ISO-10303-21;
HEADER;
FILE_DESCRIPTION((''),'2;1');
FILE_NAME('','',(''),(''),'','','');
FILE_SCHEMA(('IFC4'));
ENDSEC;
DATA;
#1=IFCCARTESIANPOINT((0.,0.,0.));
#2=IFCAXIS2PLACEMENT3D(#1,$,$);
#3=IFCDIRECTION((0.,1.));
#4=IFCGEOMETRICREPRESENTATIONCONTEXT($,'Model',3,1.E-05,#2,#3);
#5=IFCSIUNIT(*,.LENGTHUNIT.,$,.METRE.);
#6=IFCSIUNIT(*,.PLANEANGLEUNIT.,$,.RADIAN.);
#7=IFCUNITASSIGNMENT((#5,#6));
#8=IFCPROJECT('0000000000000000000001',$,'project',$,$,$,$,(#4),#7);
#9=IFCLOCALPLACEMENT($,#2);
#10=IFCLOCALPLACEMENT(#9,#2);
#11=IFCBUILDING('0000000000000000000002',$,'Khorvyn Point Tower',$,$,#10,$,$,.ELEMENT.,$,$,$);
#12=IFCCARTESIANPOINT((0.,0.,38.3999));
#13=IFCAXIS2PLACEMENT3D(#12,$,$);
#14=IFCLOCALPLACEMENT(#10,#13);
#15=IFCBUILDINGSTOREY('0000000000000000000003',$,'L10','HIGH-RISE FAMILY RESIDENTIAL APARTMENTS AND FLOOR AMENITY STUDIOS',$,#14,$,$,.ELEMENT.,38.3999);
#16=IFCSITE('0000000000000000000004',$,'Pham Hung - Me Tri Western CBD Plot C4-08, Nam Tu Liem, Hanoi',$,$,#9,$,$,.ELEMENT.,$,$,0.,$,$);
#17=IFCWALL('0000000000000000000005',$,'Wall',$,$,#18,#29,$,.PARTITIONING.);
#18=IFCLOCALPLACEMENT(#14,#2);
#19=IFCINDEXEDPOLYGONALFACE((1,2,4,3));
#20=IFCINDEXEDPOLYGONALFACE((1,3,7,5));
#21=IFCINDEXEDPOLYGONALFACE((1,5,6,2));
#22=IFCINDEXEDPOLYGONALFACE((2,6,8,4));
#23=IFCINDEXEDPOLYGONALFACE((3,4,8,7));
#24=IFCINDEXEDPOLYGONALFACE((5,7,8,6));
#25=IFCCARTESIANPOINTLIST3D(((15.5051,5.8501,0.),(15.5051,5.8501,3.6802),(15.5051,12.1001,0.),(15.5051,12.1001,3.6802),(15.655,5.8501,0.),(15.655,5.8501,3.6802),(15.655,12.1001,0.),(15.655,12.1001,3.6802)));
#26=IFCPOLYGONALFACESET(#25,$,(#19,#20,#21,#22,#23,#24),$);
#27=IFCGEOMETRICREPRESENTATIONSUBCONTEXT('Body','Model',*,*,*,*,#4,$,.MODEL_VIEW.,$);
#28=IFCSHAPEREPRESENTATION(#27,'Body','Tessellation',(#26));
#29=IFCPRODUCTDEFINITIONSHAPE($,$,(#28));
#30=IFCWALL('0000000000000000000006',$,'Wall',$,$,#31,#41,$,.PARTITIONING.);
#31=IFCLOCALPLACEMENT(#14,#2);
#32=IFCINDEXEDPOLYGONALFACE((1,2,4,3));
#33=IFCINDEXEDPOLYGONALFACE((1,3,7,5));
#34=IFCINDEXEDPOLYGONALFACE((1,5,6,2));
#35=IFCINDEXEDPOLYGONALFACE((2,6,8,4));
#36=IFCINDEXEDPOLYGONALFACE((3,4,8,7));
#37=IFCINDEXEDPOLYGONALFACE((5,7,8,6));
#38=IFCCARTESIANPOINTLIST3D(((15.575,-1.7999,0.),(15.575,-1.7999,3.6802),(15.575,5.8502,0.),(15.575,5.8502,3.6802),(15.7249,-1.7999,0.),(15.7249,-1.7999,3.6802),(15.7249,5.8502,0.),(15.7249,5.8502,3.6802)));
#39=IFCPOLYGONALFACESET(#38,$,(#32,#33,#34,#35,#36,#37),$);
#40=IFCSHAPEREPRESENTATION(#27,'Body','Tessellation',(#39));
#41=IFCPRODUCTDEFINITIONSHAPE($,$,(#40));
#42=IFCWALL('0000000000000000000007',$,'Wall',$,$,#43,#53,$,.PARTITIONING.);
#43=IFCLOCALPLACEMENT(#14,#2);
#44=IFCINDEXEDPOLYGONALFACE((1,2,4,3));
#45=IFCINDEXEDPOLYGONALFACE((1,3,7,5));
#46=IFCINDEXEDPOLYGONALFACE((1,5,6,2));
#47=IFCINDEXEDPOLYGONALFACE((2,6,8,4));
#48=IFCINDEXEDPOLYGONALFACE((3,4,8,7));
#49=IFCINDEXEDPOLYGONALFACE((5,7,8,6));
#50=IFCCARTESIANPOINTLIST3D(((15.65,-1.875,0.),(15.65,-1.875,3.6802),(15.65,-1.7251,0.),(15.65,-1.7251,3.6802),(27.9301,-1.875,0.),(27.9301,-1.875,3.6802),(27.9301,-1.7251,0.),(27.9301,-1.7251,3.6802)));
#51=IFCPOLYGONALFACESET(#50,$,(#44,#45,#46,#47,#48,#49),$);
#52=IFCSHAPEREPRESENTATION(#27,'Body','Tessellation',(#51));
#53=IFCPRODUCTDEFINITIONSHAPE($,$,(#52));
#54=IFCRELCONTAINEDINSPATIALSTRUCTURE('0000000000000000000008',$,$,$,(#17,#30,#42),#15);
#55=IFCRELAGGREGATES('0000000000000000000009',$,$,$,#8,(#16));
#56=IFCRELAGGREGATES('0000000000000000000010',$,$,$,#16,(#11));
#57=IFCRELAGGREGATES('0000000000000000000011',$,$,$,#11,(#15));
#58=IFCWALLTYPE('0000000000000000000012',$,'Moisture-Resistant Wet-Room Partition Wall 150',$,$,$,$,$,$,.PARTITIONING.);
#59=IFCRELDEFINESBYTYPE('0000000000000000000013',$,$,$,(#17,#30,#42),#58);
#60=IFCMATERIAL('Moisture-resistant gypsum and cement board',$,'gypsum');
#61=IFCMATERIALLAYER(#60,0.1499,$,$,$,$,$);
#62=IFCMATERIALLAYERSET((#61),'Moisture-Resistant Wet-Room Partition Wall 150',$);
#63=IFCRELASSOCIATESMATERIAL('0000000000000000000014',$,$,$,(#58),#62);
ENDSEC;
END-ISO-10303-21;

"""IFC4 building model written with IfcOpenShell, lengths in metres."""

from ifc_helpers import new_model, si_unit, direction, frame, frame_2d, origin, place, context, subcontext, project, spatial, rectangle, extrude, material, layer, layer_set, type_object, element, save


model = new_model("IFC4")

# Units and contexts
model_context = context("Model", 3, precision=1e-05, world=origin(), true_north=direction((0.0, 1.0)))
body_context = subcontext(model_context, "Body", "Model", "MODEL_VIEW")
ifc_project = project(units=[si_unit("LENGTHUNIT", "METRE"), si_unit("PLANEANGLEUNIT", "RADIAN")], contexts=[model_context])

# Site, building, storey
site_placement = place(None, origin())
site = spatial("IfcSite", under=ifc_project, at=site_placement, Name="Pham Hung - Me Tri Western CBD Plot C4-08, Nam Tu Liem, Hanoi", CompositionType="ELEMENT", RefElevation=0.0)
building_placement = place(site_placement, origin())
building = spatial("IfcBuilding", under=site, at=building_placement, Name="Khorvyn Point Tower", CompositionType="ELEMENT")
storey_placement = place(building_placement, frame((0.0, 0.0, 38.3999)))
storey = spatial("IfcBuildingStorey", under=building, at=storey_placement, Name="L10", Description="HIGH-RISE FAMILY RESIDENTIAL APARTMENTS AND FLOOR AMENITY STUDIOS", CompositionType="ELEMENT", Elevation=38.3999)

# Shared definitions
ifc_material_1 = material(Name="Moisture-resistant gypsum and cement board", Category="gypsum")
ifc_layer_1 = layer(ifc_material_1, 0.1499)
ifc_layer_set_1 = layer_set([ifc_layer_1], Name="Moisture-Resistant Wet-Room Partition Wall 150")
wall_type_1 = type_object("IfcWallType", Name="Moisture-Resistant Wet-Room Partition Wall 150", PredefinedType="PARTITIONING", material=ifc_layer_set_1)

# Walls
wall_1_placement = place(storey_placement, frame((15.5801, 5.8501, 0.0), z_axis=(0.0, 0.0, 1.0), x_axis=(0.0, 1.0, 0.0)))
element("IfcWall", 1, at=wall_1_placement, inside=storey, type_object=wall_type_1, Name="Wall", PredefinedType="PARTITIONING", context=body_context, shape_type="SweptSolid", body=[
    extrude(rectangle(XDim=6.25, YDim=0.1499, at=frame_2d((3.125, 0.0))), origin(), (0.0, 0.0, 1.0), 3.6802),
])
wall_2_placement = place(storey_placement, frame((15.6499, -1.8, 0.0), z_axis=(0.0, 0.0, 1.0), x_axis=(0.0, 1.0, 0.0)))
element("IfcWall", 2, at=wall_2_placement, inside=storey, type_object=wall_type_1, Name="Wall", PredefinedType="PARTITIONING", context=body_context, shape_type="SweptSolid", body=[
    extrude(rectangle(XDim=7.6501, YDim=0.1499, at=frame_2d((3.8252, 0.0))), origin(), (0.0, 0.0, 1.0), 3.6802),
])
wall_3_placement = place(storey_placement, frame((15.6499, -1.8, 0.0), z_axis=(0.0, 0.0, 1.0), x_axis=(1.0, 0.0, 0.0)))
element("IfcWall", 3, at=wall_3_placement, inside=storey, type_object=wall_type_1, Name="Wall", PredefinedType="PARTITIONING", context=body_context, shape_type="SweptSolid", body=[
    extrude(rectangle(XDim=12.28, YDim=0.1499, at=frame_2d((6.1401, 0.0))), origin(), (0.0, 0.0, 1.0), 3.6802),
])

save(model, "model.ifc")
